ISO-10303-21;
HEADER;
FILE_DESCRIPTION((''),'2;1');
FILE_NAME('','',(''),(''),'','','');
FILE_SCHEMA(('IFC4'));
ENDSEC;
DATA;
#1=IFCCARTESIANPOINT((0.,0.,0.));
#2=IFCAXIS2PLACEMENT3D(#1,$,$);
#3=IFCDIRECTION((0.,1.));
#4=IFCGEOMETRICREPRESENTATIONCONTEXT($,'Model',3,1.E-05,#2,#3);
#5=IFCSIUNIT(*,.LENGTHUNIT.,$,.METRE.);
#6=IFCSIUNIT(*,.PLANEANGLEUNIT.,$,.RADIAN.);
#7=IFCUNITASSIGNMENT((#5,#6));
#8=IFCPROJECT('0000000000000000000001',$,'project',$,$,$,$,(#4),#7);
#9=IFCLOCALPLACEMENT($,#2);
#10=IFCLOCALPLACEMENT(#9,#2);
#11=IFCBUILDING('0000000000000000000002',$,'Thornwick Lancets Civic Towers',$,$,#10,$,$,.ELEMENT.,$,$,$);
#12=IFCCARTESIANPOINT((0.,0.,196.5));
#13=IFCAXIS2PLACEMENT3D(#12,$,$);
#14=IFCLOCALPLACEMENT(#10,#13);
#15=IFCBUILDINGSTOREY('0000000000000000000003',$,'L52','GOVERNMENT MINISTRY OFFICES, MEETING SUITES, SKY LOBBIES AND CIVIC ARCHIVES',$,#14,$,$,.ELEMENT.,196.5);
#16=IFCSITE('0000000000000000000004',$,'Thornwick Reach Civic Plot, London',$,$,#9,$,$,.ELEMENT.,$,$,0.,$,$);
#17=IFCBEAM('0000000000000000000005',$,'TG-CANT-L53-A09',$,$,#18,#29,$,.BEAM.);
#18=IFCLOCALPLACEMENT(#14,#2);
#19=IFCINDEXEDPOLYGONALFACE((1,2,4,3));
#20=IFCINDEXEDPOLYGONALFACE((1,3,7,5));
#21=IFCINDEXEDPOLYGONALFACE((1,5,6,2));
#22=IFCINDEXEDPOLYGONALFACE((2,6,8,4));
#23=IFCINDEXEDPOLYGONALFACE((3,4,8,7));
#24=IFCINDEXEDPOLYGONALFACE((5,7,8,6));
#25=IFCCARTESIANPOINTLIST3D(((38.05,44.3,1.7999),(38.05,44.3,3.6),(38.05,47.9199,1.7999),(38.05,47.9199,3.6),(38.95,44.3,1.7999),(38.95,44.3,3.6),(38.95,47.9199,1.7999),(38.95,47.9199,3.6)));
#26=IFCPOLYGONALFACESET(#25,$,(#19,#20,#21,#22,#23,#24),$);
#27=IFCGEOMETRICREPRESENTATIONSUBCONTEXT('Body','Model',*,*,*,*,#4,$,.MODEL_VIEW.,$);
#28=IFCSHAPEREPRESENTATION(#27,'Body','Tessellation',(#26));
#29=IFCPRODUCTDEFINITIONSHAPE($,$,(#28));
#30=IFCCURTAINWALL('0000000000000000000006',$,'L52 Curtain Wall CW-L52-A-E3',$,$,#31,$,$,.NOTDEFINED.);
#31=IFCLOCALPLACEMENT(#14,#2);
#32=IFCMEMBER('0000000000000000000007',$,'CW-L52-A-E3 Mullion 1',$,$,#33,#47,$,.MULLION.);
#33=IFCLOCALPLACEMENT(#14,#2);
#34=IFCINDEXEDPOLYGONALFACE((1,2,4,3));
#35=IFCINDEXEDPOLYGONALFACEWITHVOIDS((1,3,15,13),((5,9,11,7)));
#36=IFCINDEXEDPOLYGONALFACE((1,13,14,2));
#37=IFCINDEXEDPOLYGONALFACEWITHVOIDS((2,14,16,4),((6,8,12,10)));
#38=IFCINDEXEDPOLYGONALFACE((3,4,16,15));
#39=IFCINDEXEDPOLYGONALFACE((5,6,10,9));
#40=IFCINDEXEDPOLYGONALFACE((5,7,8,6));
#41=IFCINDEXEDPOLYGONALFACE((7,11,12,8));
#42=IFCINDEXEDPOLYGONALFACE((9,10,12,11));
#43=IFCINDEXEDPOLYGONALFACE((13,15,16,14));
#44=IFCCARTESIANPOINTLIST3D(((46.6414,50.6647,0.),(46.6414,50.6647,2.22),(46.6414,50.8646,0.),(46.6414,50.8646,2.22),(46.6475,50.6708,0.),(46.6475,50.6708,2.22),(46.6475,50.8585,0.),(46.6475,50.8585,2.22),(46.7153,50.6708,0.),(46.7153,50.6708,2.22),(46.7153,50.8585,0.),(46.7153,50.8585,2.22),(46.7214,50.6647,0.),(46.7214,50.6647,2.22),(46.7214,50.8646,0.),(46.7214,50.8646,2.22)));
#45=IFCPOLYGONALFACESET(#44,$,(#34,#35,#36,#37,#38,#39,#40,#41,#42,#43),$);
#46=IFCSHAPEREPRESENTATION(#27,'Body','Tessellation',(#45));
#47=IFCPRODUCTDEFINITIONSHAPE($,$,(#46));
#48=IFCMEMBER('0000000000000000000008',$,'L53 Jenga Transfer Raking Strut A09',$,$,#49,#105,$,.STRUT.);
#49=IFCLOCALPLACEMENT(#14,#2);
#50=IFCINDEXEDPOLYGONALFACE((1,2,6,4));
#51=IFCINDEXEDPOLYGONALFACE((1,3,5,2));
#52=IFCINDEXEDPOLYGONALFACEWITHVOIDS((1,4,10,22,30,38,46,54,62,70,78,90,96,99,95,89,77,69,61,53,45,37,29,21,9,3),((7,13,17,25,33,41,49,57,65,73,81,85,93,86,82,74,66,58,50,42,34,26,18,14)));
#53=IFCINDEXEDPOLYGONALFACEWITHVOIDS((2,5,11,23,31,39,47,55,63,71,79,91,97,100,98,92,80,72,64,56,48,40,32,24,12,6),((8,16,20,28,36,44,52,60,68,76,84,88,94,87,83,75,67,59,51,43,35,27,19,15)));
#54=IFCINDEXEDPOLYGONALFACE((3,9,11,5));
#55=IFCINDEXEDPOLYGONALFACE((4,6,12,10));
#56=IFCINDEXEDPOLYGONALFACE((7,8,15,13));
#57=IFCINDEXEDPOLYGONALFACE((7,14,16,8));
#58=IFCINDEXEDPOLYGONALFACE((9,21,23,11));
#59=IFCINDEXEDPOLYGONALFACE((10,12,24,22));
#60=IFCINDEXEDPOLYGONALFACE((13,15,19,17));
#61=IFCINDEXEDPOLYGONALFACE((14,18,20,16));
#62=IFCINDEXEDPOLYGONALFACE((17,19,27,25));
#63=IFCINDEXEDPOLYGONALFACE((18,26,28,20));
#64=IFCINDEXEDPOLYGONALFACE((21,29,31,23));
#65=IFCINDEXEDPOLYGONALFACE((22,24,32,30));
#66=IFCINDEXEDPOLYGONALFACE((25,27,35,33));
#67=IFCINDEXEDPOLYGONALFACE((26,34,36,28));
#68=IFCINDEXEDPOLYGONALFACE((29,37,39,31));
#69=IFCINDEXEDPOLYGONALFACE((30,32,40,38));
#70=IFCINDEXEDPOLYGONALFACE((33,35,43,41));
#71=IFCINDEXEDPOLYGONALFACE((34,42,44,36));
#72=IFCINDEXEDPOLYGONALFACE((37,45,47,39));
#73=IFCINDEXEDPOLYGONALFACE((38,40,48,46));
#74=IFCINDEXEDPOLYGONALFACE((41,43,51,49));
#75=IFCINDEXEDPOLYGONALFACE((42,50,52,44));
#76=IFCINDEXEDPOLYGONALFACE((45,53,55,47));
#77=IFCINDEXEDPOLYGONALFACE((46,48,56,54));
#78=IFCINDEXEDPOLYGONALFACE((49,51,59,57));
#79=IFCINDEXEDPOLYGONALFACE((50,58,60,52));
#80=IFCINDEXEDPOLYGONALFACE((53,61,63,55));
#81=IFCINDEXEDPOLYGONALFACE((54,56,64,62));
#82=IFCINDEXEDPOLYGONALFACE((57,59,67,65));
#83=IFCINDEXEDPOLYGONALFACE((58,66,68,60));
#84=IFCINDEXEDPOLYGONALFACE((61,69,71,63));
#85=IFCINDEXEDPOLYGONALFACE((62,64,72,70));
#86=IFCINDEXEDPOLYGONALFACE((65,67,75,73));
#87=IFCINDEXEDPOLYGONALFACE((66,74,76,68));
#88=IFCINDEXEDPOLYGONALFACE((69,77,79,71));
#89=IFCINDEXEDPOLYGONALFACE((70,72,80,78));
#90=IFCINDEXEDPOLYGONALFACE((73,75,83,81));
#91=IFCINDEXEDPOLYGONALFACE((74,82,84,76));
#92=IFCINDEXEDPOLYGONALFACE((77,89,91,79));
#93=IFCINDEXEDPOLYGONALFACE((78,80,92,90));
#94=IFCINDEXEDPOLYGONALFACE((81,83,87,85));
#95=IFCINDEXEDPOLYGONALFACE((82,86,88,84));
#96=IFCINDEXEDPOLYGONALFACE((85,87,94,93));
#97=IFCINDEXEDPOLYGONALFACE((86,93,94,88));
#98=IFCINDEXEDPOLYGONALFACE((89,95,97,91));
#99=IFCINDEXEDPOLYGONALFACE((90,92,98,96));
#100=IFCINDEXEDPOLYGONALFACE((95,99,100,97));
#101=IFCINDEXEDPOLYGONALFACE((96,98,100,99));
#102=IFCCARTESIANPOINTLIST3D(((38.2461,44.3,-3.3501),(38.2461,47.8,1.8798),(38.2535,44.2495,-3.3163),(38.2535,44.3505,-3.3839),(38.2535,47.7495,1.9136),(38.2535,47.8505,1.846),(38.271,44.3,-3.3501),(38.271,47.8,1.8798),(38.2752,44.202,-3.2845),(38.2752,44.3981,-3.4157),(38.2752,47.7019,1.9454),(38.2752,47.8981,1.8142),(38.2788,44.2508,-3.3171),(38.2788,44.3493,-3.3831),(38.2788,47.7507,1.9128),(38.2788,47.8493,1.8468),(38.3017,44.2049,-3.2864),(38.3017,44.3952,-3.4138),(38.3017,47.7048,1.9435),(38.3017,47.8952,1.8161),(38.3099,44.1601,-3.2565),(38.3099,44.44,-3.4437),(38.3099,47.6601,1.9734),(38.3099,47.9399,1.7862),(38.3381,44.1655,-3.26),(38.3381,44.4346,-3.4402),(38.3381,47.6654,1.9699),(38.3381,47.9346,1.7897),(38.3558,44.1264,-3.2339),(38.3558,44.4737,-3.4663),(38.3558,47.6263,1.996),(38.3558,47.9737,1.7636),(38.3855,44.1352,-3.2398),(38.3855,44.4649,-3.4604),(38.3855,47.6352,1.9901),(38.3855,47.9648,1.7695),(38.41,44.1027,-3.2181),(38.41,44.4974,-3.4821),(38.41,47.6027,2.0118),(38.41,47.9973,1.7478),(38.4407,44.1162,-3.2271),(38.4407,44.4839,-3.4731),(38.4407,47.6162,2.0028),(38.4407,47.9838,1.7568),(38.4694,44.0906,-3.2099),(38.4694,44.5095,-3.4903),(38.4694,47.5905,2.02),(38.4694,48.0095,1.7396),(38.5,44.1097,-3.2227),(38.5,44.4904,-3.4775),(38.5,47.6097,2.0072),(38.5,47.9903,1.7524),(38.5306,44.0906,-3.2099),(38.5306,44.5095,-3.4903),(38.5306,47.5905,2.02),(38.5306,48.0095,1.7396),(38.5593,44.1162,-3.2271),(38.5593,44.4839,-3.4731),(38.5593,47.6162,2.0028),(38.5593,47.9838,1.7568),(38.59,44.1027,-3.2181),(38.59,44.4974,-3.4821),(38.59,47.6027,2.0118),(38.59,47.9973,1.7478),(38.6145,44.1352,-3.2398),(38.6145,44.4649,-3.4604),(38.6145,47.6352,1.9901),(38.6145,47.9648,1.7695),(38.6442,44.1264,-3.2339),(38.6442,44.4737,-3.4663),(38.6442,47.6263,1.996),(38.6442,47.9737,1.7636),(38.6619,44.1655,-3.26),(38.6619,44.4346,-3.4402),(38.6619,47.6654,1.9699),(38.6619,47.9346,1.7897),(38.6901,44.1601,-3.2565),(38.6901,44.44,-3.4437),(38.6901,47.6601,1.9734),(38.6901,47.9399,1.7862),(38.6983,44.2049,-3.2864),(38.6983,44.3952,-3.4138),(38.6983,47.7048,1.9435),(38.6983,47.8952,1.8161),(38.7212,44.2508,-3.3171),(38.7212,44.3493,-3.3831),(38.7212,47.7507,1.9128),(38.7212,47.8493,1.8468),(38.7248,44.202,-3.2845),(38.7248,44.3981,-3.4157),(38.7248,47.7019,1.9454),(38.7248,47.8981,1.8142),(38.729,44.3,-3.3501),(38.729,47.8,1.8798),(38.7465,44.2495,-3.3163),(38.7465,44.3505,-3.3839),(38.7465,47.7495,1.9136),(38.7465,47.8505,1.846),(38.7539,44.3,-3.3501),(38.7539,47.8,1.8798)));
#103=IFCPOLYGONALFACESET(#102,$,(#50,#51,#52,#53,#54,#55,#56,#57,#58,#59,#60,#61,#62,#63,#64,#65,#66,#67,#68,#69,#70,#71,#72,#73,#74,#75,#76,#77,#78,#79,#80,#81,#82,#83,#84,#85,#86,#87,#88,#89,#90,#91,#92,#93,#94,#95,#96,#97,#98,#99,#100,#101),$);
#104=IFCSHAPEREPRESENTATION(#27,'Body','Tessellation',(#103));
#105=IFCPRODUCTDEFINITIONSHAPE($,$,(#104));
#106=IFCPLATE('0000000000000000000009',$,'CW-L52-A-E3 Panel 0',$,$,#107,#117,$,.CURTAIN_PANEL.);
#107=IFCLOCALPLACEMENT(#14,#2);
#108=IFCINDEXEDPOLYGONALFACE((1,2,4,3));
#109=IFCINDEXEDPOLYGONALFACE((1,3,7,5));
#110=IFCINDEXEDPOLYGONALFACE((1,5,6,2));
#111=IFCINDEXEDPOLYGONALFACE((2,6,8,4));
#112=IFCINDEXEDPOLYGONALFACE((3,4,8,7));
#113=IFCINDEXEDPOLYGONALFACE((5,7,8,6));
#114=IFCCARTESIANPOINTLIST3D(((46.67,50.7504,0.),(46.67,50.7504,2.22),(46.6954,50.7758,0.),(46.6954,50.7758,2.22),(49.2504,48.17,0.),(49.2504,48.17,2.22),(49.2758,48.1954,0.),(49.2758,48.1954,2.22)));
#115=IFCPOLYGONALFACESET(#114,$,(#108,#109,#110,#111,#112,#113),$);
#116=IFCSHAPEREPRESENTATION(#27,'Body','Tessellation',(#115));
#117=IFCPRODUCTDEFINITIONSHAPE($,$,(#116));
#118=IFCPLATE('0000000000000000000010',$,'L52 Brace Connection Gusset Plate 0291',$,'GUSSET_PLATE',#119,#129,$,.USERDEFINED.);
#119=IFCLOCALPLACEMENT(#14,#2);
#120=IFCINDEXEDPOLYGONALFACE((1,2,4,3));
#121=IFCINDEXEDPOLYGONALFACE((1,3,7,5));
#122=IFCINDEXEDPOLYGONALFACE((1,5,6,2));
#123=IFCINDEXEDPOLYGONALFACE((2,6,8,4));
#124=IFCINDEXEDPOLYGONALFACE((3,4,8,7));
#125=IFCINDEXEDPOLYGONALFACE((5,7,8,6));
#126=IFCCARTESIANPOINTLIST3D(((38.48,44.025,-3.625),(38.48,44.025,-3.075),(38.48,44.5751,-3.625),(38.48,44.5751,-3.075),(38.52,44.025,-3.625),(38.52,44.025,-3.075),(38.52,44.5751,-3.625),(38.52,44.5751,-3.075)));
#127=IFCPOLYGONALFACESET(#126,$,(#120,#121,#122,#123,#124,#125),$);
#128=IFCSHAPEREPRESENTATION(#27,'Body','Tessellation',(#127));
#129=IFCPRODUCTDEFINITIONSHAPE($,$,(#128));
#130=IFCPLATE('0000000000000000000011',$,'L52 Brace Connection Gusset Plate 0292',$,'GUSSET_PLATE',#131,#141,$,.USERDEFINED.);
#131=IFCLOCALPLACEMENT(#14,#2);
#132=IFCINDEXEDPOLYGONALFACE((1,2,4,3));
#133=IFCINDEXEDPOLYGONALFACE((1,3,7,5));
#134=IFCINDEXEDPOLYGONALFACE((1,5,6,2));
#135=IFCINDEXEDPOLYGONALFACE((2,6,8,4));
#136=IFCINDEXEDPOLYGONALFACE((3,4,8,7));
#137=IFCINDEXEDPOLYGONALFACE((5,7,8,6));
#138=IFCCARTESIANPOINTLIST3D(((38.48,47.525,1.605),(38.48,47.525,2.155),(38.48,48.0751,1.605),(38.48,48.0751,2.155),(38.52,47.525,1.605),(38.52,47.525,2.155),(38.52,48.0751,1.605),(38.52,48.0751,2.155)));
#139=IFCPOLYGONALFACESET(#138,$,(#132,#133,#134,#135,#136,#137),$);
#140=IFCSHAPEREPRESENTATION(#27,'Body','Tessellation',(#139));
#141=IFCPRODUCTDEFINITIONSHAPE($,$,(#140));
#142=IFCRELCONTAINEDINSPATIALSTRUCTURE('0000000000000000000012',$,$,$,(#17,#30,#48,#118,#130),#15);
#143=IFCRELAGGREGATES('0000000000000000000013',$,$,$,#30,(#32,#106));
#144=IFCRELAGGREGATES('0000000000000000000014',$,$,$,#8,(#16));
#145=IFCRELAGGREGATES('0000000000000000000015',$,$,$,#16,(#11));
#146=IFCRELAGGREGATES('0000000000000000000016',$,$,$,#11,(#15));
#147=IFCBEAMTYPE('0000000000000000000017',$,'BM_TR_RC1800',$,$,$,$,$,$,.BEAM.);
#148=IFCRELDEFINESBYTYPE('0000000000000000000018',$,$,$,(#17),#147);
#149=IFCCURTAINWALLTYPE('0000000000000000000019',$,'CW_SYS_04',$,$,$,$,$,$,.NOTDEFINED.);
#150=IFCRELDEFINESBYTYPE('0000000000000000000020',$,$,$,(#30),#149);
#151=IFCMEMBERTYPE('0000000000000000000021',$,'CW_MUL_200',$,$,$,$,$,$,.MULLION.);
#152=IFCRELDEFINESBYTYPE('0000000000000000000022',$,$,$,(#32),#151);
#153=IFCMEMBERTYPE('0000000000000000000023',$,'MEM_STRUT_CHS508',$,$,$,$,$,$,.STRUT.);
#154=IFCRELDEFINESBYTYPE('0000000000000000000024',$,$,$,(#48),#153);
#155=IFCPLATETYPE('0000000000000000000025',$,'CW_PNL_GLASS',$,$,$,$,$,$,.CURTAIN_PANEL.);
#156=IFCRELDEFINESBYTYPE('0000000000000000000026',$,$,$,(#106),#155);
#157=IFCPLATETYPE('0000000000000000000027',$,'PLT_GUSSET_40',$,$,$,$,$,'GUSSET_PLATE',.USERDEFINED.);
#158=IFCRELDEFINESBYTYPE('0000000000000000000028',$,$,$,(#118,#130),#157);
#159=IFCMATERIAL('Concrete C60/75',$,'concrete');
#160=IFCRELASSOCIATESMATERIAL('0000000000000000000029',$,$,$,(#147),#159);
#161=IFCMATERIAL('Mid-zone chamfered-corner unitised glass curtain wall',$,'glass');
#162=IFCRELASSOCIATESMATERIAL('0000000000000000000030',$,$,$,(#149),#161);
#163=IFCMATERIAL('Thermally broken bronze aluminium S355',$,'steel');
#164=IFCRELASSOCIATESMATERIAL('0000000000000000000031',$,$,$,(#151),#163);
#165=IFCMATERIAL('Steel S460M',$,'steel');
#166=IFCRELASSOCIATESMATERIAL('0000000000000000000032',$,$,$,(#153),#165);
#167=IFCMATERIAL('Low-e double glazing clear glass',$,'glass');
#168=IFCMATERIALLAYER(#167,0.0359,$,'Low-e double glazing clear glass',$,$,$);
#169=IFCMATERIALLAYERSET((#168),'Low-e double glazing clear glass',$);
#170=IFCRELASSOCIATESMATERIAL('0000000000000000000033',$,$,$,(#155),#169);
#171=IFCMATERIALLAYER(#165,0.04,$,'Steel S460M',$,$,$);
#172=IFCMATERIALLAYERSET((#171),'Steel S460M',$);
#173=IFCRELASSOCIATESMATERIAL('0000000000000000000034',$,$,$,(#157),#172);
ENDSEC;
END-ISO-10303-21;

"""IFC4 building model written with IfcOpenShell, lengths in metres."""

from ifc_helpers import new_model, si_unit, direction, frame, origin, origin_2d, place, context, subcontext, project, spatial, rectangle, hollow_rectangle, hollow_circle, extrude, material, layer, layer_set, material_profile, profile_set, type_object, element, aggregate, save


model = new_model("IFC4")

# Units and contexts
model_context = context("Model", 3, precision=1e-05, world=origin(), true_north=direction((0.0, 1.0)))
body_context = subcontext(model_context, "Body", "Model", "MODEL_VIEW")
ifc_project = project(units=[si_unit("LENGTHUNIT", "METRE"), si_unit("PLANEANGLEUNIT", "RADIAN")], contexts=[model_context])

# Site, building, storey
site_placement = place(None, origin())
site = spatial("IfcSite", under=ifc_project, at=site_placement, Name="Thornwick Reach Civic Plot, London", CompositionType="ELEMENT", RefElevation=0.0)
building_placement = place(site_placement, origin())
building = spatial("IfcBuilding", under=site, at=building_placement, Name="Thornwick Lancets Civic Towers", CompositionType="ELEMENT")
storey_placement = place(building_placement, frame((0.0, 0.0, 196.5)))
storey = spatial("IfcBuildingStorey", under=building, at=storey_placement, Name="L52", Description="GOVERNMENT MINISTRY OFFICES, MEETING SUITES, SKY LOBBIES AND CIVIC ARCHIVES", CompositionType="ELEMENT", Elevation=196.5)

# Shared definitions
ifc_material_1 = material(Name="Steel S460M", Category="steel")

# Beam
ifc_material_2 = material(Name="Concrete C60/75", Category="concrete")
ifc_material_profile_1 = material_profile(ifc_material_2, rectangle(XDim=0.8999, YDim=1.8, at=origin_2d()), Name="RC 900x1800")
ifc_profile_set_1 = profile_set([ifc_material_profile_1], Name="Concrete C60/75")
beam_type_1 = type_object("IfcBeamType", Name="BM_TR_RC1800", PredefinedType="BEAM", material=ifc_profile_set_1)
beam_1_placement = place(storey_placement, frame((38.5, 44.3, 2.7), z_axis=(0.0, 1.0, 0.0), x_axis=(-1.0, 0.0, 0.0)))
element("IfcBeam", 1, at=beam_1_placement, inside=storey, type_object=beam_type_1, Name="TG-CANT-L53-A09", PredefinedType="BEAM", context=body_context, shape_type="SweptSolid", body=[
    extrude(rectangle(XDim=0.8999, YDim=1.8, at=origin_2d()), origin(), (0.0, 0.0, 1.0), 3.6199),
])

# Curtain wall, member
ifc_material_3 = material(Name="Mid-zone chamfered-corner unitised glass curtain wall", Category="glass")
curtain_wall_type = type_object("IfcCurtainWallType", Name="CW_SYS_04", PredefinedType="NOTDEFINED", material=ifc_material_3)
curtain_wall_placement = place(storey_placement, origin())
curtain_wall = element("IfcCurtainWall", 2, at=curtain_wall_placement, inside=storey, type_object=curtain_wall_type, Name="L52 Curtain Wall CW-L52-A-E3", PredefinedType="NOTDEFINED")
ifc_material_4 = material(Name="Thermally broken bronze aluminium S355", Category="steel")
ifc_material_profile_2 = material_profile(ifc_material_4, hollow_rectangle(XDim=0.0801, YDim=0.2, WallThickness=0.0061, at=origin_2d()), Name="RHS 200x80x6")
ifc_profile_set_2 = profile_set([ifc_material_profile_2], Name="Thermally broken bronze aluminium S355")
member_type_1 = type_object("IfcMemberType", Name="CW_MUL_200", PredefinedType="MULLION", material=ifc_profile_set_2)
member_1_placement = place(storey_placement, frame((46.6814, 50.7646, 0.0), z_axis=(0.0, 0.0, 1.0), x_axis=(1.0, 0.0, 0.0)))
member_1 = element("IfcMember", 3, at=member_1_placement, type_object=member_type_1, Name="CW-L52-A-E3 Mullion 1", PredefinedType="MULLION", context=body_context, shape_type="SweptSolid", body=[
    extrude(hollow_rectangle(XDim=0.0801, YDim=0.2, WallThickness=0.0061, at=origin_2d()), origin(), (0.0, 0.0, 1.0), 2.22),
])

# Member
ifc_material_profile_3 = material_profile(ifc_material_1, hollow_circle(Radius=0.2539, WallThickness=0.0249, at=origin_2d()), Name="CHS 508x25")
ifc_profile_set_3 = profile_set([ifc_material_profile_3], Name="Steel S460M")
member_type_2 = type_object("IfcMemberType", Name="MEM_STRUT_CHS508", PredefinedType="STRUT", material=ifc_profile_set_3)
member_2_placement = place(storey_placement, frame((38.5, 44.3, -3.3501), z_axis=(0.0, 0.556168, 0.83107), x_axis=(-1.0, 0.0, 0.0)))
element("IfcMember", 4, at=member_2_placement, inside=storey, type_object=member_type_2, Name="L53 Jenga Transfer Raking Strut A09", PredefinedType="STRUT", context=body_context, shape_type="SweptSolid", body=[
    extrude(hollow_circle(Radius=0.2539, WallThickness=0.0249, at=origin_2d()), origin(), (0.0, 0.0, 1.0), 6.293),
])

# Plate
ifc_material_5 = material(Name="Low-e double glazing clear glass", Category="glass")
ifc_layer_1 = layer(ifc_material_5, 0.0359, Name="Low-e double glazing clear glass")
ifc_layer_set_1 = layer_set([ifc_layer_1], Name="Low-e double glazing clear glass")
plate_type_1 = type_object("IfcPlateType", Name="CW_PNL_GLASS", PredefinedType="CURTAIN_PANEL", material=ifc_layer_set_1)
plate_placement = place(storey_placement, frame((47.9729, 49.4729, 0.0), z_axis=(0.0, 0.0, 1.0), x_axis=(-0.707107, 0.707107, 0.0)))
plate = element("IfcPlate", 5, at=plate_placement, type_object=plate_type_1, Name="CW-L52-A-E3 Panel 0", PredefinedType="CURTAIN_PANEL", context=body_context, shape_type="SweptSolid", body=[
    extrude(rectangle(XDim=3.6492, YDim=0.0359, at=origin_2d()), origin(), (0.0, 0.0, 1.0), 2.22),
])
aggregate(curtain_wall, [member_1, plate])

# Plates
ifc_layer_2 = layer(ifc_material_1, 0.04, Name="Steel S460M")
ifc_layer_set_2 = layer_set([ifc_layer_2], Name="Steel S460M")
plate_type_2 = type_object("IfcPlateType", Name="PLT_GUSSET_40", ElementType="GUSSET_PLATE", PredefinedType="USERDEFINED", material=ifc_layer_set_2)
for number, where, z_axis, x_axis, name in (
    (6, (38.5, 44.3, -3.625), (0.0, 0.0, 1.0), (0.0, 1.0, 0.0), "L52 Brace Connection Gusset Plate 0291"),
    (7, (38.5, 47.8, 1.605), (0.0, 0.0, 1.0), (0.0, 1.0, 0.0), "L52 Brace Connection Gusset Plate 0292"),
):
    element("IfcPlate", number, at=place(storey_placement, frame(where, z_axis=z_axis, x_axis=x_axis)), inside=storey, type_object=plate_type_2, Name=name, ObjectType="GUSSET_PLATE", PredefinedType="USERDEFINED", context=body_context, shape_type="SweptSolid", body=[
        extrude(rectangle(XDim=0.55, YDim=0.04, at=origin_2d()), origin(), (0.0, 0.0, 1.0), 0.55),
    ])

save(model, "model.ifc")
